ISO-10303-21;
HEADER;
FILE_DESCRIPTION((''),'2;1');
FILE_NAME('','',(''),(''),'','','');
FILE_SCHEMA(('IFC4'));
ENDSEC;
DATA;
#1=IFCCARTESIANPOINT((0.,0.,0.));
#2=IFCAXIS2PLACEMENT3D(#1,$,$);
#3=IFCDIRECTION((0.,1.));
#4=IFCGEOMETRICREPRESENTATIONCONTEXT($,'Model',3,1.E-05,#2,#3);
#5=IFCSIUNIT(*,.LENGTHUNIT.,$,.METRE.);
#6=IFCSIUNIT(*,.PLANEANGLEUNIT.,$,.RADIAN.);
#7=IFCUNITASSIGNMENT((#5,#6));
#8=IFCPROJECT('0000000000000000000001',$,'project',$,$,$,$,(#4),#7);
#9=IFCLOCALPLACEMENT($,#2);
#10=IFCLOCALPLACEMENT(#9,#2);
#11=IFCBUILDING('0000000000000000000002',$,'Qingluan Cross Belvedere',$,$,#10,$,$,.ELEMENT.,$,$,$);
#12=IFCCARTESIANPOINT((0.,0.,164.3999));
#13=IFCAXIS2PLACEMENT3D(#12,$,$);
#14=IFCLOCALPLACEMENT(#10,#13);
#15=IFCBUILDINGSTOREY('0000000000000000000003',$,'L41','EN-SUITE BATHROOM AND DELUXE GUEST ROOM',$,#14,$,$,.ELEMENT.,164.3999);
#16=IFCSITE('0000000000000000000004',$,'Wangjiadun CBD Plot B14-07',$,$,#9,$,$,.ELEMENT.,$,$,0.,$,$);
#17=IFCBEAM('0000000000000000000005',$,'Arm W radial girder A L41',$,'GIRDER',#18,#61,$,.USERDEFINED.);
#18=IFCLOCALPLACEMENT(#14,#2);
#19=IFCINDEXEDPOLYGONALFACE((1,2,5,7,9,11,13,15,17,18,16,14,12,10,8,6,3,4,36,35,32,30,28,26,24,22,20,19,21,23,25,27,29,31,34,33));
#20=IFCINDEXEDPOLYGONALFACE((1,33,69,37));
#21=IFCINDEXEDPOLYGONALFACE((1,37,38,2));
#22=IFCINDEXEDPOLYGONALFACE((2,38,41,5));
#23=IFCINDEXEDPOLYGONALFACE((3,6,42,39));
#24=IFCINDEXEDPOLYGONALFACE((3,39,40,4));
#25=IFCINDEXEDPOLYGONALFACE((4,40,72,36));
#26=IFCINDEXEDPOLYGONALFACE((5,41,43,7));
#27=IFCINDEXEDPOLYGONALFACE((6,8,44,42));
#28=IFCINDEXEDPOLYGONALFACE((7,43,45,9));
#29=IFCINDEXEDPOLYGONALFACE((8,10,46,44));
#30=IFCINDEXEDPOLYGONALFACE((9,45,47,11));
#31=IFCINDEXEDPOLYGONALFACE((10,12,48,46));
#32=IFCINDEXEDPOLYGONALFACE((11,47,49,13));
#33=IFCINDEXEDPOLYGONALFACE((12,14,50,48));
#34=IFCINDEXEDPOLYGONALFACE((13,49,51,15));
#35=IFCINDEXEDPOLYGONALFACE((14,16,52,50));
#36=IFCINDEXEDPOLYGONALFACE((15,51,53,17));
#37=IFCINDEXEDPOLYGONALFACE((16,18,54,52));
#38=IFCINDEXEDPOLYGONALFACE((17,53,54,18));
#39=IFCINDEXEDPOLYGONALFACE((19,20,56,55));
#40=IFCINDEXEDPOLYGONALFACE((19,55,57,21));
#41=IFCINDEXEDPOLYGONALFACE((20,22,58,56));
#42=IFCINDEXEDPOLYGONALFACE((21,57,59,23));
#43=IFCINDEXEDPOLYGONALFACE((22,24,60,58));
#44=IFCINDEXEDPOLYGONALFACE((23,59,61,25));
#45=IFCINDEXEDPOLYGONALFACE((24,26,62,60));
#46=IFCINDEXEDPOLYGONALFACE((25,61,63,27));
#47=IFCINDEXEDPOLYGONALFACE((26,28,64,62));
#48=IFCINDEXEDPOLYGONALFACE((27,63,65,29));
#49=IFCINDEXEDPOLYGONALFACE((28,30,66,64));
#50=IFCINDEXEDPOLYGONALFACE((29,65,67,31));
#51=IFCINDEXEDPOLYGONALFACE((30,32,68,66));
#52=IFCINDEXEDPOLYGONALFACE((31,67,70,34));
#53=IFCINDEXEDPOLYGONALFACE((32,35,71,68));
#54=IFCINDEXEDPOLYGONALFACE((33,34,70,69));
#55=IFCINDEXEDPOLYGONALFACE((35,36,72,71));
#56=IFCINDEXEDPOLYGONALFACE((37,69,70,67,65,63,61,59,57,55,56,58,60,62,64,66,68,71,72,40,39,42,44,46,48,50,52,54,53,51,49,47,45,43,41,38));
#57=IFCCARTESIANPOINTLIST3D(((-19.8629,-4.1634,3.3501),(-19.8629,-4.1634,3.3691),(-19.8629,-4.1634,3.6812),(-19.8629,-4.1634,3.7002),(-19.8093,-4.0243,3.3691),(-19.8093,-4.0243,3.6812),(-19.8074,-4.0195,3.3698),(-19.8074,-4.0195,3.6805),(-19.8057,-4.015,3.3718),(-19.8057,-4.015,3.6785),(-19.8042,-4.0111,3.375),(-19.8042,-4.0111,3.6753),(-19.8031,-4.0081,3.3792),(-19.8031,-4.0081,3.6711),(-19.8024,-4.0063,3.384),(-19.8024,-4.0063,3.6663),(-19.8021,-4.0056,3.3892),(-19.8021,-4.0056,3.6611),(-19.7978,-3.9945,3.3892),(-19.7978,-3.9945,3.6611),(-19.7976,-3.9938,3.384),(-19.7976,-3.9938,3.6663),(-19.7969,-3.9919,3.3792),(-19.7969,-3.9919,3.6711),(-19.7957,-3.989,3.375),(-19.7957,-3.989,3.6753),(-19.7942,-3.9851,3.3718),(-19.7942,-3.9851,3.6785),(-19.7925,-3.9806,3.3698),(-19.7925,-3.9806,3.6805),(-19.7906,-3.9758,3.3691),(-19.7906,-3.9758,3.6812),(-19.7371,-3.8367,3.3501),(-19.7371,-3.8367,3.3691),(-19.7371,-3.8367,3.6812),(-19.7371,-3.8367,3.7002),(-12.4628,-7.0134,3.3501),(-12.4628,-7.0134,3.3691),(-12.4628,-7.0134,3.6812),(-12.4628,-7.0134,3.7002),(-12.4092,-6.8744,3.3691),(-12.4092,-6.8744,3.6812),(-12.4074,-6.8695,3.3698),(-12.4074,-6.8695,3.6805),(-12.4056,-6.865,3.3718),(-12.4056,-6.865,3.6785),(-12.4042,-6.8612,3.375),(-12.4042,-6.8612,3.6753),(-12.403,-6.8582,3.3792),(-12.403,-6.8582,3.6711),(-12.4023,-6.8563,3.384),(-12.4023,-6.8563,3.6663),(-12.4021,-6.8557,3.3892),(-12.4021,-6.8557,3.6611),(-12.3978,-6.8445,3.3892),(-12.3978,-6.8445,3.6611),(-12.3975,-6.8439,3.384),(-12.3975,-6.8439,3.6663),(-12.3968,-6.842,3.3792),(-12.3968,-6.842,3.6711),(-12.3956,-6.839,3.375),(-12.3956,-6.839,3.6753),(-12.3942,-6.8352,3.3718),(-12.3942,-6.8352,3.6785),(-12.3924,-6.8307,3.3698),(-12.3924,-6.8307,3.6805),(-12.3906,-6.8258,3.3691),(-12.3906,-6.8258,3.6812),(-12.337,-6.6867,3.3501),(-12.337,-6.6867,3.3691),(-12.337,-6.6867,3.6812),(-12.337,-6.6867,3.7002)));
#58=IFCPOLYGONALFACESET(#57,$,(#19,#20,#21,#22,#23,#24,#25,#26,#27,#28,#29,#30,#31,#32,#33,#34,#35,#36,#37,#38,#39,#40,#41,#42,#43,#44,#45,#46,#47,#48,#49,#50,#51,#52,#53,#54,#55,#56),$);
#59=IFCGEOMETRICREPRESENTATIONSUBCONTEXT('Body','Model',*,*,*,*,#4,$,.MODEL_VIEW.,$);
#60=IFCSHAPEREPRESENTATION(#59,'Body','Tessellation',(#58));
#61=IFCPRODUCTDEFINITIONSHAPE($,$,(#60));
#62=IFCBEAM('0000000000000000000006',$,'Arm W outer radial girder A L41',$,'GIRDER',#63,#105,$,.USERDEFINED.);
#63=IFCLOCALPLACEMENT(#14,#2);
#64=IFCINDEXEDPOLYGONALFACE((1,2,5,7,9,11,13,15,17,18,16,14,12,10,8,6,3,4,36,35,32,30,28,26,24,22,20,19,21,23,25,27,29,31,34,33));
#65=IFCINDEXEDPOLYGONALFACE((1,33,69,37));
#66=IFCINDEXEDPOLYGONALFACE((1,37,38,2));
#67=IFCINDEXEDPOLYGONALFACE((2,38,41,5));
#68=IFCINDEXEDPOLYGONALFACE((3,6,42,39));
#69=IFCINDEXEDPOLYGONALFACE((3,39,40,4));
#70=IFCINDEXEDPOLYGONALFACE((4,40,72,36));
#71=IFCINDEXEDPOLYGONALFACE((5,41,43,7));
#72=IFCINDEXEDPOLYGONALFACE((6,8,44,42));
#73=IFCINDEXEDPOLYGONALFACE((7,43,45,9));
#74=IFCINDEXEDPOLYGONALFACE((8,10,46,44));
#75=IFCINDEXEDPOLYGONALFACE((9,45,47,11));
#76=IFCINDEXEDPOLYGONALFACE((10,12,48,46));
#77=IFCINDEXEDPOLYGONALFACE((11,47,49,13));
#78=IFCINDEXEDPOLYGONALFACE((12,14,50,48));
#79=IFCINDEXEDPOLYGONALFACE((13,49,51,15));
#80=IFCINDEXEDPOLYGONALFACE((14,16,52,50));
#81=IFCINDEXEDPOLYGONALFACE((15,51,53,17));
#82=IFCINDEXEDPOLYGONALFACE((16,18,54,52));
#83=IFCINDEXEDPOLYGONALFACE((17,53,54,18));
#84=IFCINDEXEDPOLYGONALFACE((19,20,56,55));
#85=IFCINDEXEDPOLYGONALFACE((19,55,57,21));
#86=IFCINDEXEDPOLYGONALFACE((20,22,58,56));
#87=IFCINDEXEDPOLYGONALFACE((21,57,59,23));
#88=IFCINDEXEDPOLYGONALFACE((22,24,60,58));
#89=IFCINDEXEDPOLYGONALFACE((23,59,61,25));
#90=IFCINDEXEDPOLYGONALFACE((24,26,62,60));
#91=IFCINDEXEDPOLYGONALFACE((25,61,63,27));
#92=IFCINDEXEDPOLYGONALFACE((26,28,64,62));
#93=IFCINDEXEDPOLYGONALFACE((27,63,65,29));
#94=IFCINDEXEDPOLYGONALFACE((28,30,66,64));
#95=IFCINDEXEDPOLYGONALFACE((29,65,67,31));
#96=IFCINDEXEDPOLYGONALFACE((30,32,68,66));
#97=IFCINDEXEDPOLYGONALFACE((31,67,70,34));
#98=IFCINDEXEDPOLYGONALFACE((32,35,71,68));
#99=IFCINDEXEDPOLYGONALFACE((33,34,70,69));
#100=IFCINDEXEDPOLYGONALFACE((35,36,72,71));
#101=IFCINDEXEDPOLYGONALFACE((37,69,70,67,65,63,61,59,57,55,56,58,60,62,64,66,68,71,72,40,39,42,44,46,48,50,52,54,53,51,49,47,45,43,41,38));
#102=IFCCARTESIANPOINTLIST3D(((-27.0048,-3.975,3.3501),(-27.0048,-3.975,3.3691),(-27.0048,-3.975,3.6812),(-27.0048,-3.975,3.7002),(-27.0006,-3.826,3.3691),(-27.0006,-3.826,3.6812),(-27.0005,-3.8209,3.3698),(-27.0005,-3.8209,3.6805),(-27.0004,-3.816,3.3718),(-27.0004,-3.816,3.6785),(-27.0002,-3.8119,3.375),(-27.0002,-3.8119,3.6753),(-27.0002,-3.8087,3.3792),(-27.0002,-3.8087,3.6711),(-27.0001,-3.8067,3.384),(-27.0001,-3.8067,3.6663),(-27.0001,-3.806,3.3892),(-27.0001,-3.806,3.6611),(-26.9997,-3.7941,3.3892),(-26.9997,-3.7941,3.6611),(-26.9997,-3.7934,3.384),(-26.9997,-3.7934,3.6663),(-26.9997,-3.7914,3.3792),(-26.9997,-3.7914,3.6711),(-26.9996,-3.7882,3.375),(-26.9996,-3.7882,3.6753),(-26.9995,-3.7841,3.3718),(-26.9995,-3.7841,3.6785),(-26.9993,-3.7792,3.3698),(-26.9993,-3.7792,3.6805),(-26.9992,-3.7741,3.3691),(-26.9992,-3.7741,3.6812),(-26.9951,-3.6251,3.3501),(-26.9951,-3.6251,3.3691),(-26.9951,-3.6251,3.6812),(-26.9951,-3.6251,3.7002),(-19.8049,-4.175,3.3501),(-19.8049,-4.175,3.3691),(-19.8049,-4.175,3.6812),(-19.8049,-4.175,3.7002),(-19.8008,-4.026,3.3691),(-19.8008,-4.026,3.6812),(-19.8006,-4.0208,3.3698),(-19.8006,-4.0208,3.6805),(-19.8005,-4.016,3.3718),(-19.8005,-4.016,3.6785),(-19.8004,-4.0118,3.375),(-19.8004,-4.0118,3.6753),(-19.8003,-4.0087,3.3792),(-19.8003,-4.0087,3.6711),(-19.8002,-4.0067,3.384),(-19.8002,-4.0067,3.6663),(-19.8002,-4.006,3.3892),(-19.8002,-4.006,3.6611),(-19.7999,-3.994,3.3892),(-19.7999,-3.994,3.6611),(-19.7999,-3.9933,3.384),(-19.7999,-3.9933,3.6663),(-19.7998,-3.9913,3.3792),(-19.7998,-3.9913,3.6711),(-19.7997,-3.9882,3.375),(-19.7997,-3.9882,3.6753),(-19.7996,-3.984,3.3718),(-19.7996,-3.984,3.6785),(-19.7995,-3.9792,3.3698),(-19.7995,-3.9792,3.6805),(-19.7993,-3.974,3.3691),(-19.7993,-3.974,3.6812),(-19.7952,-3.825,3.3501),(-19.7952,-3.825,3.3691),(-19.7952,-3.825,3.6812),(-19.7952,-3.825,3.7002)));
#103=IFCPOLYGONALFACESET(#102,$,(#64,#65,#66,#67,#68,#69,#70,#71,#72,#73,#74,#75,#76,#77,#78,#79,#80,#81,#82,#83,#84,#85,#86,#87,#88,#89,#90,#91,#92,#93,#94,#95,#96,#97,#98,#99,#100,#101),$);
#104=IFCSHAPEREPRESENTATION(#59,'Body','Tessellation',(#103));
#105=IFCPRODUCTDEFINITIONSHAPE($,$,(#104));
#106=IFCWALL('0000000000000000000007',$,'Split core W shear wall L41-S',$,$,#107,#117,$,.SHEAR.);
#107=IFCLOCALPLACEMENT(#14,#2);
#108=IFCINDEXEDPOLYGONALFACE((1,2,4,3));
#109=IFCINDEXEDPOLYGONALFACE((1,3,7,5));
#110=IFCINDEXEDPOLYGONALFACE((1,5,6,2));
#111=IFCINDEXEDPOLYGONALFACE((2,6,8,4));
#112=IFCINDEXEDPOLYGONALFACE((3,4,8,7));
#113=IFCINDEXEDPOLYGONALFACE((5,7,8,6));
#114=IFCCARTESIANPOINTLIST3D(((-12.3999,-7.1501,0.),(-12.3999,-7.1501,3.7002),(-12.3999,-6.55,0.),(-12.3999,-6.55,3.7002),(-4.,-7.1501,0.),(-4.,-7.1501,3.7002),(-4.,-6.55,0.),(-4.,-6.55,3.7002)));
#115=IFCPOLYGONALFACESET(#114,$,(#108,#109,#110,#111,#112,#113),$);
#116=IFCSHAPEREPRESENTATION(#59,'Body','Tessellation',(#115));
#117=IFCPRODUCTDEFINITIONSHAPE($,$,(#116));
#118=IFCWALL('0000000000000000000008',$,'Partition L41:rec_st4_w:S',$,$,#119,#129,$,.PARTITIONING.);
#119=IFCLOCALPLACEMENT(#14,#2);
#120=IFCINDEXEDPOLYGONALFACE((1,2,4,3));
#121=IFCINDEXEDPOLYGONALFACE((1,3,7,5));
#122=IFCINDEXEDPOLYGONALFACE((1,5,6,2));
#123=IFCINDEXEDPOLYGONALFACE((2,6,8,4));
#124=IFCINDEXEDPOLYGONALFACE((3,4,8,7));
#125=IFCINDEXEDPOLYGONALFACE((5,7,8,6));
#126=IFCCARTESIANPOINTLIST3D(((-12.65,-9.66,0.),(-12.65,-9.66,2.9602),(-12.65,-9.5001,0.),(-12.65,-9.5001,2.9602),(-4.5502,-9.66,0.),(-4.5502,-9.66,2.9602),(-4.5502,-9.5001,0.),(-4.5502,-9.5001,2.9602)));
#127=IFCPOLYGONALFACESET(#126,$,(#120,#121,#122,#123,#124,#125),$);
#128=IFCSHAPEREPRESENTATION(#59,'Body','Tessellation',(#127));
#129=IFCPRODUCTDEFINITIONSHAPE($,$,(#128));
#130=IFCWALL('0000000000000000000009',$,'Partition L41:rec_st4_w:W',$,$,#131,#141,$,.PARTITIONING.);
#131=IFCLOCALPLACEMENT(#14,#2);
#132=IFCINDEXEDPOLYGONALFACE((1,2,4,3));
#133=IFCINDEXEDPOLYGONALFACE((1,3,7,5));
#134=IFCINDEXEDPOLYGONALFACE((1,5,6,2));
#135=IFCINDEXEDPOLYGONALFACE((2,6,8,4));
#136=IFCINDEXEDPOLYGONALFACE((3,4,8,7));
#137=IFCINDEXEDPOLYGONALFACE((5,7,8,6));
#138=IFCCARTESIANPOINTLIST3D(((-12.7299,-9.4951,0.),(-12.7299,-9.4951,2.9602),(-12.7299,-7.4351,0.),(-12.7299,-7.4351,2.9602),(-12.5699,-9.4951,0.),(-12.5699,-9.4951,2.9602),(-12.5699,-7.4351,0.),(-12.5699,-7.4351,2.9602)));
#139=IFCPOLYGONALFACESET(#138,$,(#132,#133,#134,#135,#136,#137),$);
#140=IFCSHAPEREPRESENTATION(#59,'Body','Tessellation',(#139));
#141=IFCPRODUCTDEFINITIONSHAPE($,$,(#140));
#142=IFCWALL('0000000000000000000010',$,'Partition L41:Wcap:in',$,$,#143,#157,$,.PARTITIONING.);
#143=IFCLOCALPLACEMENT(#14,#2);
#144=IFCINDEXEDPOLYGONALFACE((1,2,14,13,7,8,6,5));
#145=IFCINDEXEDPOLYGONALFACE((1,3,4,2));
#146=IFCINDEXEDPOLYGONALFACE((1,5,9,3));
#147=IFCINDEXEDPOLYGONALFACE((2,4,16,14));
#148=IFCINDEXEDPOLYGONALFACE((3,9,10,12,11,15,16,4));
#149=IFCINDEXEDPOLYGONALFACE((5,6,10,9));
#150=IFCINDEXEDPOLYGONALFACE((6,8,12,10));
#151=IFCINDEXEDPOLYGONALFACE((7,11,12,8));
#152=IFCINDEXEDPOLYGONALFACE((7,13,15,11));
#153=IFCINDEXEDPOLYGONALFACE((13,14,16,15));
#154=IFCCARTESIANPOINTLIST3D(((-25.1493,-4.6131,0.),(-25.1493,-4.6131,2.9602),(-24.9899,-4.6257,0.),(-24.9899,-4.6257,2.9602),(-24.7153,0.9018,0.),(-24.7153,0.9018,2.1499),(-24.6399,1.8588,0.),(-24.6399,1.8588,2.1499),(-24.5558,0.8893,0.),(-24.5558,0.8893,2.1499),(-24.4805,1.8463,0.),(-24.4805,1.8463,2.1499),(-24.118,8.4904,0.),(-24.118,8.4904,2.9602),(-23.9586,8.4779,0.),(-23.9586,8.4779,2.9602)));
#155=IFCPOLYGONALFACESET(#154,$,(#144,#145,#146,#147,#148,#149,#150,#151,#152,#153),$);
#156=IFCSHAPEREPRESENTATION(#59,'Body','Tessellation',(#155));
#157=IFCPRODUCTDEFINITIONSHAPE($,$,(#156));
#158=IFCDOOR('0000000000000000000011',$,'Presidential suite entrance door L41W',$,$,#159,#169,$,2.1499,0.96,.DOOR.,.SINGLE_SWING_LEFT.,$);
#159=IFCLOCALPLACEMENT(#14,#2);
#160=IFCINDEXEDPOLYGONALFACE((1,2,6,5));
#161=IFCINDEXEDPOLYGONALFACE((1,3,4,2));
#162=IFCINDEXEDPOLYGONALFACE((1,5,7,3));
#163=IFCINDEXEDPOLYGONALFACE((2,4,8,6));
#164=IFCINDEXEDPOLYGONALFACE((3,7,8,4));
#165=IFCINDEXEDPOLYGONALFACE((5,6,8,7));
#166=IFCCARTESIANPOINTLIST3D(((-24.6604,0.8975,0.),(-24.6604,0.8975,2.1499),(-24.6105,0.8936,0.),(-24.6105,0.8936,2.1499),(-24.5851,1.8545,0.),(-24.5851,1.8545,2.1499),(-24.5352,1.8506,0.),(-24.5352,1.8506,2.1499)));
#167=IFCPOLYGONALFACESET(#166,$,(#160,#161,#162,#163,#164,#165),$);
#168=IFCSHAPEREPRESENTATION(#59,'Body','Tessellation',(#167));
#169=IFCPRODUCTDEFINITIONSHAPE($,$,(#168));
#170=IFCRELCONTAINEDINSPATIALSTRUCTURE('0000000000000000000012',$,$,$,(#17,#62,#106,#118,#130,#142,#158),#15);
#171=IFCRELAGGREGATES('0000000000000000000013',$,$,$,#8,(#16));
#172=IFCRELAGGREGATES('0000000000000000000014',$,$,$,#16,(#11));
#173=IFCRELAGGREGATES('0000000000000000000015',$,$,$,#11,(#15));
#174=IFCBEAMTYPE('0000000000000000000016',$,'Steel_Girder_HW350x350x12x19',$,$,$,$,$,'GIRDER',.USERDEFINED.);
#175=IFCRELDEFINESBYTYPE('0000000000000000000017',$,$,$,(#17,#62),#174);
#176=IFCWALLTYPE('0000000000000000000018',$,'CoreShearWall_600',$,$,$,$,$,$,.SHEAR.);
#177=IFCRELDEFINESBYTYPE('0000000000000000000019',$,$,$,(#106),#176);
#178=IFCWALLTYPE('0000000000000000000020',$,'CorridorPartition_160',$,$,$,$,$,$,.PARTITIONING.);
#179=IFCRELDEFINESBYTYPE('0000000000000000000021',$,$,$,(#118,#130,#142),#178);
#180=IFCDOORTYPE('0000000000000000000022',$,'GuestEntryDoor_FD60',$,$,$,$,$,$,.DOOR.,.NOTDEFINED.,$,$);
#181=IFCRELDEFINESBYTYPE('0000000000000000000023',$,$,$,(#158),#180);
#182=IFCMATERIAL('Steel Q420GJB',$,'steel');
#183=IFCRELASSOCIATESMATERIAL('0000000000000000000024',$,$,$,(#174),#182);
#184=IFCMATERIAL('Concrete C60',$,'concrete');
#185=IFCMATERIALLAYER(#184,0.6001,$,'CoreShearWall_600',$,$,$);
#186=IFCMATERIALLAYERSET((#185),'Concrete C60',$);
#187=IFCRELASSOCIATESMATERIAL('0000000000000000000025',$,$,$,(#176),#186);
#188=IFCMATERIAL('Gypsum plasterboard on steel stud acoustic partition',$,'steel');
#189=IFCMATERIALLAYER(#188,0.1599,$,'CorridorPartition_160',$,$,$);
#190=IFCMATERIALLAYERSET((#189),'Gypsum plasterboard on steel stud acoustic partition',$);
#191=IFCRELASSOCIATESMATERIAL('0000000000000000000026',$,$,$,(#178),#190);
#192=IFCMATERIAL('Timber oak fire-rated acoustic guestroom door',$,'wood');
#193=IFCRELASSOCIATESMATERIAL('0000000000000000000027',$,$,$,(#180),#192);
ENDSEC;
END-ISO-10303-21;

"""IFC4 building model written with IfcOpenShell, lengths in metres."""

from ifc_helpers import new_model, si_unit, direction, frame, frame_2d, origin, origin_2d, place, context, subcontext, project, spatial, rectangle, i_section, extrude, material, layer, layer_set, material_profile, profile_set, type_object, element, fill, save


model = new_model("IFC4")

# Units and contexts
model_context = context("Model", 3, precision=1e-05, world=origin(), true_north=direction((0.0, 1.0)))
body_context = subcontext(model_context, "Body", "Model", "MODEL_VIEW")
ifc_project = project(units=[si_unit("LENGTHUNIT", "METRE"), si_unit("PLANEANGLEUNIT", "RADIAN")], contexts=[model_context])

# Site, building, storey
site_placement = place(None, origin())
site = spatial("IfcSite", under=ifc_project, at=site_placement, Name="Wangjiadun CBD Plot B14-07", CompositionType="ELEMENT", RefElevation=0.0)
building_placement = place(site_placement, origin())
building = spatial("IfcBuilding", under=site, at=building_placement, Name="Qingluan Cross Belvedere", CompositionType="ELEMENT")
storey_placement = place(building_placement, frame((0.0, 0.0, 164.3999)))
storey = spatial("IfcBuildingStorey", under=building, at=storey_placement, Name="L41", Description="EN-SUITE BATHROOM AND DELUXE GUEST ROOM", CompositionType="ELEMENT", Elevation=164.3999)

# Beams
ifc_material_1 = material(Name="Steel Q420GJB", Category="steel")
ifc_material_profile_1 = material_profile(ifc_material_1, i_section(OverallWidth=0.3501, OverallDepth=0.3501, WebThickness=0.012, FlangeThickness=0.019, FilletRadius=0.02, at=origin_2d()), Name="HW350x350x12x19")
ifc_profile_set_1 = profile_set([ifc_material_profile_1], Name="Steel Q420GJB")
beam_type_1 = type_object("IfcBeamType", Name="Steel_Girder_HW350x350x12x19", ElementType="GIRDER", PredefinedType="USERDEFINED", material=ifc_profile_set_1)
beam_1_placement = place(storey_placement, frame((-12.3999, -6.8501, 3.5251), z_axis=(-0.933181, 0.359406, 0.0), x_axis=(-0.359406, -0.933181, 0.0)))
element("IfcBeam", 1, at=beam_1_placement, inside=storey, type_object=beam_type_1, Name="Arm W radial girder A L41", ObjectType="GIRDER", PredefinedType="USERDEFINED", context=body_context, shape_type="SweptSolid", body=[
    extrude(i_section(OverallWidth=0.3501, OverallDepth=0.3501, WebThickness=0.012, FlangeThickness=0.019, FilletRadius=0.02, at=origin_2d()), origin(), (0.0, 0.0, 1.0), 7.9299),
])
beam_2_placement = place(storey_placement, frame((-19.8, -4.0, 3.5251), z_axis=(-0.999615, 0.02776, 0.0), x_axis=(-0.02776, -0.999615, 0.0)))
element("IfcBeam", 2, at=beam_2_placement, inside=storey, type_object=beam_type_1, Name="Arm W outer radial girder A L41", ObjectType="GIRDER", PredefinedType="USERDEFINED", context=body_context, shape_type="SweptSolid", body=[
    extrude(i_section(OverallWidth=0.3501, OverallDepth=0.3501, WebThickness=0.012, FlangeThickness=0.019, FilletRadius=0.02, at=origin_2d()), origin(), (0.0, 0.0, 1.0), 7.2026),
])

# Walls
ifc_material_2 = material(Name="Concrete C60", Category="concrete")
ifc_layer_1 = layer(ifc_material_2, 0.6001, Name="CoreShearWall_600")
ifc_layer_set_1 = layer_set([ifc_layer_1], Name="Concrete C60")
wall_type_1 = type_object("IfcWallType", Name="CoreShearWall_600", PredefinedType="SHEAR", material=ifc_layer_set_1)
wall_1_placement = place(storey_placement, frame((-12.3999, -6.8501, 0.0), z_axis=(0.0, 0.0, 1.0), x_axis=(1.0, 0.0, 0.0)))
element("IfcWall", 3, at=wall_1_placement, inside=storey, type_object=wall_type_1, Name="Split core W shear wall L41-S", PredefinedType="SHEAR", context=body_context, shape_type="SweptSolid", body=[
    extrude(rectangle(XDim=8.3999, YDim=0.6001, at=frame_2d((4.2, 0.0))), origin(), (0.0, 0.0, 1.0), 3.7002),
])
ifc_material_3 = material(Name="Gypsum plasterboard on steel stud acoustic partition", Category="steel")
ifc_layer_2 = layer(ifc_material_3, 0.1599, Name="CorridorPartition_160")
ifc_layer_set_2 = layer_set([ifc_layer_2], Name="Gypsum plasterboard on steel stud acoustic partition")
wall_type_2 = type_object("IfcWallType", Name="CorridorPartition_160", PredefinedType="PARTITIONING", material=ifc_layer_set_2)
wall_2_placement = place(storey_placement, frame((-12.6499, -9.5801, 0.0), z_axis=(0.0, 0.0, 1.0), x_axis=(1.0, 0.0, 0.0)))
element("IfcWall", 4, at=wall_2_placement, inside=storey, type_object=wall_type_2, Name="Partition L41:rec_st4_w:S", PredefinedType="PARTITIONING", context=body_context, shape_type="SweptSolid", body=[
    extrude(rectangle(XDim=8.0999, YDim=0.1599, at=frame_2d((4.0498, 0.0))), origin(), (0.0, 0.0, 1.0), 2.9602),
])
wall_3_placement = place(storey_placement, frame((-12.6499, -9.4951, 0.0), z_axis=(0.0, 0.0, 1.0), x_axis=(0.0, 1.0, 0.0)))
element("IfcWall", 5, at=wall_3_placement, inside=storey, type_object=wall_type_2, Name="Partition L41:rec_st4_w:W", PredefinedType="PARTITIONING", context=body_context, shape_type="SweptSolid", body=[
    extrude(rectangle(XDim=2.0601, YDim=0.1599, at=frame_2d((1.03, 0.0))), origin(), (0.0, 0.0, 1.0), 2.9602),
])

# Wall, opening, door
wall_4_placement = place(storey_placement, frame((-25.0696, -4.6194, 0.0), z_axis=(0.0, 0.0, 1.0), x_axis=(0.078458, 0.996917, 0.0)))
wall_4 = element("IfcWall", 6, at=wall_4_placement, inside=storey, type_object=wall_type_2, Name="Partition L41:Wcap:in", PredefinedType="PARTITIONING", context=body_context, shape_type="SweptSolid", body=[
    extrude(rectangle(XDim=13.144, YDim=0.1599, at=frame_2d((6.572, 0.0))), origin(), (0.0, 0.0, 1.0), 2.9602),
])
opening_1_placement = place(wall_4_placement, frame((5.532, 0.0, 0.0)))
opening_1 = element("IfcOpeningElement", 7, at=opening_1_placement, cuts=wall_4, PredefinedType="OPENING", context=body_context, shape_type="SweptSolid", body=[
    extrude(rectangle(XDim=0.96, YDim=2.1499, at=frame_2d((0.48, 1.075))), frame((0.0, 0.0898, 0.0), z_axis=(0.0, -1.0, 0.0), x_axis=(1.0, 0.0, 0.0)), (0.0, 0.0, 1.0), 0.1799),
])
ifc_material_4 = material(Name="Timber oak fire-rated acoustic guestroom door", Category="wood")
door_type_1 = type_object("IfcDoorType", Name="GuestEntryDoor_FD60", OperationType="NOTDEFINED", PredefinedType="DOOR", material=ifc_material_4)
door_1_placement = place(opening_1_placement, origin())
door_1 = element("IfcDoor", 8, at=door_1_placement, inside=storey, type_object=door_type_1, Name="Presidential suite entrance door L41W", OperationType="SINGLE_SWING_LEFT", OverallHeight=2.1499, OverallWidth=0.96, PredefinedType="DOOR", context=body_context, shape_type="SweptSolid", body=[
    extrude(rectangle(XDim=0.96, YDim=2.1499, at=frame_2d((0.48, 1.075))), frame((0.0, 0.0249, 0.0), z_axis=(0.0, -1.0, 0.0), x_axis=(1.0, 0.0, 0.0)), (0.0, 0.0, 1.0), 0.05),
])
fill(opening_1, door_1)

save(model, "model.ifc")
